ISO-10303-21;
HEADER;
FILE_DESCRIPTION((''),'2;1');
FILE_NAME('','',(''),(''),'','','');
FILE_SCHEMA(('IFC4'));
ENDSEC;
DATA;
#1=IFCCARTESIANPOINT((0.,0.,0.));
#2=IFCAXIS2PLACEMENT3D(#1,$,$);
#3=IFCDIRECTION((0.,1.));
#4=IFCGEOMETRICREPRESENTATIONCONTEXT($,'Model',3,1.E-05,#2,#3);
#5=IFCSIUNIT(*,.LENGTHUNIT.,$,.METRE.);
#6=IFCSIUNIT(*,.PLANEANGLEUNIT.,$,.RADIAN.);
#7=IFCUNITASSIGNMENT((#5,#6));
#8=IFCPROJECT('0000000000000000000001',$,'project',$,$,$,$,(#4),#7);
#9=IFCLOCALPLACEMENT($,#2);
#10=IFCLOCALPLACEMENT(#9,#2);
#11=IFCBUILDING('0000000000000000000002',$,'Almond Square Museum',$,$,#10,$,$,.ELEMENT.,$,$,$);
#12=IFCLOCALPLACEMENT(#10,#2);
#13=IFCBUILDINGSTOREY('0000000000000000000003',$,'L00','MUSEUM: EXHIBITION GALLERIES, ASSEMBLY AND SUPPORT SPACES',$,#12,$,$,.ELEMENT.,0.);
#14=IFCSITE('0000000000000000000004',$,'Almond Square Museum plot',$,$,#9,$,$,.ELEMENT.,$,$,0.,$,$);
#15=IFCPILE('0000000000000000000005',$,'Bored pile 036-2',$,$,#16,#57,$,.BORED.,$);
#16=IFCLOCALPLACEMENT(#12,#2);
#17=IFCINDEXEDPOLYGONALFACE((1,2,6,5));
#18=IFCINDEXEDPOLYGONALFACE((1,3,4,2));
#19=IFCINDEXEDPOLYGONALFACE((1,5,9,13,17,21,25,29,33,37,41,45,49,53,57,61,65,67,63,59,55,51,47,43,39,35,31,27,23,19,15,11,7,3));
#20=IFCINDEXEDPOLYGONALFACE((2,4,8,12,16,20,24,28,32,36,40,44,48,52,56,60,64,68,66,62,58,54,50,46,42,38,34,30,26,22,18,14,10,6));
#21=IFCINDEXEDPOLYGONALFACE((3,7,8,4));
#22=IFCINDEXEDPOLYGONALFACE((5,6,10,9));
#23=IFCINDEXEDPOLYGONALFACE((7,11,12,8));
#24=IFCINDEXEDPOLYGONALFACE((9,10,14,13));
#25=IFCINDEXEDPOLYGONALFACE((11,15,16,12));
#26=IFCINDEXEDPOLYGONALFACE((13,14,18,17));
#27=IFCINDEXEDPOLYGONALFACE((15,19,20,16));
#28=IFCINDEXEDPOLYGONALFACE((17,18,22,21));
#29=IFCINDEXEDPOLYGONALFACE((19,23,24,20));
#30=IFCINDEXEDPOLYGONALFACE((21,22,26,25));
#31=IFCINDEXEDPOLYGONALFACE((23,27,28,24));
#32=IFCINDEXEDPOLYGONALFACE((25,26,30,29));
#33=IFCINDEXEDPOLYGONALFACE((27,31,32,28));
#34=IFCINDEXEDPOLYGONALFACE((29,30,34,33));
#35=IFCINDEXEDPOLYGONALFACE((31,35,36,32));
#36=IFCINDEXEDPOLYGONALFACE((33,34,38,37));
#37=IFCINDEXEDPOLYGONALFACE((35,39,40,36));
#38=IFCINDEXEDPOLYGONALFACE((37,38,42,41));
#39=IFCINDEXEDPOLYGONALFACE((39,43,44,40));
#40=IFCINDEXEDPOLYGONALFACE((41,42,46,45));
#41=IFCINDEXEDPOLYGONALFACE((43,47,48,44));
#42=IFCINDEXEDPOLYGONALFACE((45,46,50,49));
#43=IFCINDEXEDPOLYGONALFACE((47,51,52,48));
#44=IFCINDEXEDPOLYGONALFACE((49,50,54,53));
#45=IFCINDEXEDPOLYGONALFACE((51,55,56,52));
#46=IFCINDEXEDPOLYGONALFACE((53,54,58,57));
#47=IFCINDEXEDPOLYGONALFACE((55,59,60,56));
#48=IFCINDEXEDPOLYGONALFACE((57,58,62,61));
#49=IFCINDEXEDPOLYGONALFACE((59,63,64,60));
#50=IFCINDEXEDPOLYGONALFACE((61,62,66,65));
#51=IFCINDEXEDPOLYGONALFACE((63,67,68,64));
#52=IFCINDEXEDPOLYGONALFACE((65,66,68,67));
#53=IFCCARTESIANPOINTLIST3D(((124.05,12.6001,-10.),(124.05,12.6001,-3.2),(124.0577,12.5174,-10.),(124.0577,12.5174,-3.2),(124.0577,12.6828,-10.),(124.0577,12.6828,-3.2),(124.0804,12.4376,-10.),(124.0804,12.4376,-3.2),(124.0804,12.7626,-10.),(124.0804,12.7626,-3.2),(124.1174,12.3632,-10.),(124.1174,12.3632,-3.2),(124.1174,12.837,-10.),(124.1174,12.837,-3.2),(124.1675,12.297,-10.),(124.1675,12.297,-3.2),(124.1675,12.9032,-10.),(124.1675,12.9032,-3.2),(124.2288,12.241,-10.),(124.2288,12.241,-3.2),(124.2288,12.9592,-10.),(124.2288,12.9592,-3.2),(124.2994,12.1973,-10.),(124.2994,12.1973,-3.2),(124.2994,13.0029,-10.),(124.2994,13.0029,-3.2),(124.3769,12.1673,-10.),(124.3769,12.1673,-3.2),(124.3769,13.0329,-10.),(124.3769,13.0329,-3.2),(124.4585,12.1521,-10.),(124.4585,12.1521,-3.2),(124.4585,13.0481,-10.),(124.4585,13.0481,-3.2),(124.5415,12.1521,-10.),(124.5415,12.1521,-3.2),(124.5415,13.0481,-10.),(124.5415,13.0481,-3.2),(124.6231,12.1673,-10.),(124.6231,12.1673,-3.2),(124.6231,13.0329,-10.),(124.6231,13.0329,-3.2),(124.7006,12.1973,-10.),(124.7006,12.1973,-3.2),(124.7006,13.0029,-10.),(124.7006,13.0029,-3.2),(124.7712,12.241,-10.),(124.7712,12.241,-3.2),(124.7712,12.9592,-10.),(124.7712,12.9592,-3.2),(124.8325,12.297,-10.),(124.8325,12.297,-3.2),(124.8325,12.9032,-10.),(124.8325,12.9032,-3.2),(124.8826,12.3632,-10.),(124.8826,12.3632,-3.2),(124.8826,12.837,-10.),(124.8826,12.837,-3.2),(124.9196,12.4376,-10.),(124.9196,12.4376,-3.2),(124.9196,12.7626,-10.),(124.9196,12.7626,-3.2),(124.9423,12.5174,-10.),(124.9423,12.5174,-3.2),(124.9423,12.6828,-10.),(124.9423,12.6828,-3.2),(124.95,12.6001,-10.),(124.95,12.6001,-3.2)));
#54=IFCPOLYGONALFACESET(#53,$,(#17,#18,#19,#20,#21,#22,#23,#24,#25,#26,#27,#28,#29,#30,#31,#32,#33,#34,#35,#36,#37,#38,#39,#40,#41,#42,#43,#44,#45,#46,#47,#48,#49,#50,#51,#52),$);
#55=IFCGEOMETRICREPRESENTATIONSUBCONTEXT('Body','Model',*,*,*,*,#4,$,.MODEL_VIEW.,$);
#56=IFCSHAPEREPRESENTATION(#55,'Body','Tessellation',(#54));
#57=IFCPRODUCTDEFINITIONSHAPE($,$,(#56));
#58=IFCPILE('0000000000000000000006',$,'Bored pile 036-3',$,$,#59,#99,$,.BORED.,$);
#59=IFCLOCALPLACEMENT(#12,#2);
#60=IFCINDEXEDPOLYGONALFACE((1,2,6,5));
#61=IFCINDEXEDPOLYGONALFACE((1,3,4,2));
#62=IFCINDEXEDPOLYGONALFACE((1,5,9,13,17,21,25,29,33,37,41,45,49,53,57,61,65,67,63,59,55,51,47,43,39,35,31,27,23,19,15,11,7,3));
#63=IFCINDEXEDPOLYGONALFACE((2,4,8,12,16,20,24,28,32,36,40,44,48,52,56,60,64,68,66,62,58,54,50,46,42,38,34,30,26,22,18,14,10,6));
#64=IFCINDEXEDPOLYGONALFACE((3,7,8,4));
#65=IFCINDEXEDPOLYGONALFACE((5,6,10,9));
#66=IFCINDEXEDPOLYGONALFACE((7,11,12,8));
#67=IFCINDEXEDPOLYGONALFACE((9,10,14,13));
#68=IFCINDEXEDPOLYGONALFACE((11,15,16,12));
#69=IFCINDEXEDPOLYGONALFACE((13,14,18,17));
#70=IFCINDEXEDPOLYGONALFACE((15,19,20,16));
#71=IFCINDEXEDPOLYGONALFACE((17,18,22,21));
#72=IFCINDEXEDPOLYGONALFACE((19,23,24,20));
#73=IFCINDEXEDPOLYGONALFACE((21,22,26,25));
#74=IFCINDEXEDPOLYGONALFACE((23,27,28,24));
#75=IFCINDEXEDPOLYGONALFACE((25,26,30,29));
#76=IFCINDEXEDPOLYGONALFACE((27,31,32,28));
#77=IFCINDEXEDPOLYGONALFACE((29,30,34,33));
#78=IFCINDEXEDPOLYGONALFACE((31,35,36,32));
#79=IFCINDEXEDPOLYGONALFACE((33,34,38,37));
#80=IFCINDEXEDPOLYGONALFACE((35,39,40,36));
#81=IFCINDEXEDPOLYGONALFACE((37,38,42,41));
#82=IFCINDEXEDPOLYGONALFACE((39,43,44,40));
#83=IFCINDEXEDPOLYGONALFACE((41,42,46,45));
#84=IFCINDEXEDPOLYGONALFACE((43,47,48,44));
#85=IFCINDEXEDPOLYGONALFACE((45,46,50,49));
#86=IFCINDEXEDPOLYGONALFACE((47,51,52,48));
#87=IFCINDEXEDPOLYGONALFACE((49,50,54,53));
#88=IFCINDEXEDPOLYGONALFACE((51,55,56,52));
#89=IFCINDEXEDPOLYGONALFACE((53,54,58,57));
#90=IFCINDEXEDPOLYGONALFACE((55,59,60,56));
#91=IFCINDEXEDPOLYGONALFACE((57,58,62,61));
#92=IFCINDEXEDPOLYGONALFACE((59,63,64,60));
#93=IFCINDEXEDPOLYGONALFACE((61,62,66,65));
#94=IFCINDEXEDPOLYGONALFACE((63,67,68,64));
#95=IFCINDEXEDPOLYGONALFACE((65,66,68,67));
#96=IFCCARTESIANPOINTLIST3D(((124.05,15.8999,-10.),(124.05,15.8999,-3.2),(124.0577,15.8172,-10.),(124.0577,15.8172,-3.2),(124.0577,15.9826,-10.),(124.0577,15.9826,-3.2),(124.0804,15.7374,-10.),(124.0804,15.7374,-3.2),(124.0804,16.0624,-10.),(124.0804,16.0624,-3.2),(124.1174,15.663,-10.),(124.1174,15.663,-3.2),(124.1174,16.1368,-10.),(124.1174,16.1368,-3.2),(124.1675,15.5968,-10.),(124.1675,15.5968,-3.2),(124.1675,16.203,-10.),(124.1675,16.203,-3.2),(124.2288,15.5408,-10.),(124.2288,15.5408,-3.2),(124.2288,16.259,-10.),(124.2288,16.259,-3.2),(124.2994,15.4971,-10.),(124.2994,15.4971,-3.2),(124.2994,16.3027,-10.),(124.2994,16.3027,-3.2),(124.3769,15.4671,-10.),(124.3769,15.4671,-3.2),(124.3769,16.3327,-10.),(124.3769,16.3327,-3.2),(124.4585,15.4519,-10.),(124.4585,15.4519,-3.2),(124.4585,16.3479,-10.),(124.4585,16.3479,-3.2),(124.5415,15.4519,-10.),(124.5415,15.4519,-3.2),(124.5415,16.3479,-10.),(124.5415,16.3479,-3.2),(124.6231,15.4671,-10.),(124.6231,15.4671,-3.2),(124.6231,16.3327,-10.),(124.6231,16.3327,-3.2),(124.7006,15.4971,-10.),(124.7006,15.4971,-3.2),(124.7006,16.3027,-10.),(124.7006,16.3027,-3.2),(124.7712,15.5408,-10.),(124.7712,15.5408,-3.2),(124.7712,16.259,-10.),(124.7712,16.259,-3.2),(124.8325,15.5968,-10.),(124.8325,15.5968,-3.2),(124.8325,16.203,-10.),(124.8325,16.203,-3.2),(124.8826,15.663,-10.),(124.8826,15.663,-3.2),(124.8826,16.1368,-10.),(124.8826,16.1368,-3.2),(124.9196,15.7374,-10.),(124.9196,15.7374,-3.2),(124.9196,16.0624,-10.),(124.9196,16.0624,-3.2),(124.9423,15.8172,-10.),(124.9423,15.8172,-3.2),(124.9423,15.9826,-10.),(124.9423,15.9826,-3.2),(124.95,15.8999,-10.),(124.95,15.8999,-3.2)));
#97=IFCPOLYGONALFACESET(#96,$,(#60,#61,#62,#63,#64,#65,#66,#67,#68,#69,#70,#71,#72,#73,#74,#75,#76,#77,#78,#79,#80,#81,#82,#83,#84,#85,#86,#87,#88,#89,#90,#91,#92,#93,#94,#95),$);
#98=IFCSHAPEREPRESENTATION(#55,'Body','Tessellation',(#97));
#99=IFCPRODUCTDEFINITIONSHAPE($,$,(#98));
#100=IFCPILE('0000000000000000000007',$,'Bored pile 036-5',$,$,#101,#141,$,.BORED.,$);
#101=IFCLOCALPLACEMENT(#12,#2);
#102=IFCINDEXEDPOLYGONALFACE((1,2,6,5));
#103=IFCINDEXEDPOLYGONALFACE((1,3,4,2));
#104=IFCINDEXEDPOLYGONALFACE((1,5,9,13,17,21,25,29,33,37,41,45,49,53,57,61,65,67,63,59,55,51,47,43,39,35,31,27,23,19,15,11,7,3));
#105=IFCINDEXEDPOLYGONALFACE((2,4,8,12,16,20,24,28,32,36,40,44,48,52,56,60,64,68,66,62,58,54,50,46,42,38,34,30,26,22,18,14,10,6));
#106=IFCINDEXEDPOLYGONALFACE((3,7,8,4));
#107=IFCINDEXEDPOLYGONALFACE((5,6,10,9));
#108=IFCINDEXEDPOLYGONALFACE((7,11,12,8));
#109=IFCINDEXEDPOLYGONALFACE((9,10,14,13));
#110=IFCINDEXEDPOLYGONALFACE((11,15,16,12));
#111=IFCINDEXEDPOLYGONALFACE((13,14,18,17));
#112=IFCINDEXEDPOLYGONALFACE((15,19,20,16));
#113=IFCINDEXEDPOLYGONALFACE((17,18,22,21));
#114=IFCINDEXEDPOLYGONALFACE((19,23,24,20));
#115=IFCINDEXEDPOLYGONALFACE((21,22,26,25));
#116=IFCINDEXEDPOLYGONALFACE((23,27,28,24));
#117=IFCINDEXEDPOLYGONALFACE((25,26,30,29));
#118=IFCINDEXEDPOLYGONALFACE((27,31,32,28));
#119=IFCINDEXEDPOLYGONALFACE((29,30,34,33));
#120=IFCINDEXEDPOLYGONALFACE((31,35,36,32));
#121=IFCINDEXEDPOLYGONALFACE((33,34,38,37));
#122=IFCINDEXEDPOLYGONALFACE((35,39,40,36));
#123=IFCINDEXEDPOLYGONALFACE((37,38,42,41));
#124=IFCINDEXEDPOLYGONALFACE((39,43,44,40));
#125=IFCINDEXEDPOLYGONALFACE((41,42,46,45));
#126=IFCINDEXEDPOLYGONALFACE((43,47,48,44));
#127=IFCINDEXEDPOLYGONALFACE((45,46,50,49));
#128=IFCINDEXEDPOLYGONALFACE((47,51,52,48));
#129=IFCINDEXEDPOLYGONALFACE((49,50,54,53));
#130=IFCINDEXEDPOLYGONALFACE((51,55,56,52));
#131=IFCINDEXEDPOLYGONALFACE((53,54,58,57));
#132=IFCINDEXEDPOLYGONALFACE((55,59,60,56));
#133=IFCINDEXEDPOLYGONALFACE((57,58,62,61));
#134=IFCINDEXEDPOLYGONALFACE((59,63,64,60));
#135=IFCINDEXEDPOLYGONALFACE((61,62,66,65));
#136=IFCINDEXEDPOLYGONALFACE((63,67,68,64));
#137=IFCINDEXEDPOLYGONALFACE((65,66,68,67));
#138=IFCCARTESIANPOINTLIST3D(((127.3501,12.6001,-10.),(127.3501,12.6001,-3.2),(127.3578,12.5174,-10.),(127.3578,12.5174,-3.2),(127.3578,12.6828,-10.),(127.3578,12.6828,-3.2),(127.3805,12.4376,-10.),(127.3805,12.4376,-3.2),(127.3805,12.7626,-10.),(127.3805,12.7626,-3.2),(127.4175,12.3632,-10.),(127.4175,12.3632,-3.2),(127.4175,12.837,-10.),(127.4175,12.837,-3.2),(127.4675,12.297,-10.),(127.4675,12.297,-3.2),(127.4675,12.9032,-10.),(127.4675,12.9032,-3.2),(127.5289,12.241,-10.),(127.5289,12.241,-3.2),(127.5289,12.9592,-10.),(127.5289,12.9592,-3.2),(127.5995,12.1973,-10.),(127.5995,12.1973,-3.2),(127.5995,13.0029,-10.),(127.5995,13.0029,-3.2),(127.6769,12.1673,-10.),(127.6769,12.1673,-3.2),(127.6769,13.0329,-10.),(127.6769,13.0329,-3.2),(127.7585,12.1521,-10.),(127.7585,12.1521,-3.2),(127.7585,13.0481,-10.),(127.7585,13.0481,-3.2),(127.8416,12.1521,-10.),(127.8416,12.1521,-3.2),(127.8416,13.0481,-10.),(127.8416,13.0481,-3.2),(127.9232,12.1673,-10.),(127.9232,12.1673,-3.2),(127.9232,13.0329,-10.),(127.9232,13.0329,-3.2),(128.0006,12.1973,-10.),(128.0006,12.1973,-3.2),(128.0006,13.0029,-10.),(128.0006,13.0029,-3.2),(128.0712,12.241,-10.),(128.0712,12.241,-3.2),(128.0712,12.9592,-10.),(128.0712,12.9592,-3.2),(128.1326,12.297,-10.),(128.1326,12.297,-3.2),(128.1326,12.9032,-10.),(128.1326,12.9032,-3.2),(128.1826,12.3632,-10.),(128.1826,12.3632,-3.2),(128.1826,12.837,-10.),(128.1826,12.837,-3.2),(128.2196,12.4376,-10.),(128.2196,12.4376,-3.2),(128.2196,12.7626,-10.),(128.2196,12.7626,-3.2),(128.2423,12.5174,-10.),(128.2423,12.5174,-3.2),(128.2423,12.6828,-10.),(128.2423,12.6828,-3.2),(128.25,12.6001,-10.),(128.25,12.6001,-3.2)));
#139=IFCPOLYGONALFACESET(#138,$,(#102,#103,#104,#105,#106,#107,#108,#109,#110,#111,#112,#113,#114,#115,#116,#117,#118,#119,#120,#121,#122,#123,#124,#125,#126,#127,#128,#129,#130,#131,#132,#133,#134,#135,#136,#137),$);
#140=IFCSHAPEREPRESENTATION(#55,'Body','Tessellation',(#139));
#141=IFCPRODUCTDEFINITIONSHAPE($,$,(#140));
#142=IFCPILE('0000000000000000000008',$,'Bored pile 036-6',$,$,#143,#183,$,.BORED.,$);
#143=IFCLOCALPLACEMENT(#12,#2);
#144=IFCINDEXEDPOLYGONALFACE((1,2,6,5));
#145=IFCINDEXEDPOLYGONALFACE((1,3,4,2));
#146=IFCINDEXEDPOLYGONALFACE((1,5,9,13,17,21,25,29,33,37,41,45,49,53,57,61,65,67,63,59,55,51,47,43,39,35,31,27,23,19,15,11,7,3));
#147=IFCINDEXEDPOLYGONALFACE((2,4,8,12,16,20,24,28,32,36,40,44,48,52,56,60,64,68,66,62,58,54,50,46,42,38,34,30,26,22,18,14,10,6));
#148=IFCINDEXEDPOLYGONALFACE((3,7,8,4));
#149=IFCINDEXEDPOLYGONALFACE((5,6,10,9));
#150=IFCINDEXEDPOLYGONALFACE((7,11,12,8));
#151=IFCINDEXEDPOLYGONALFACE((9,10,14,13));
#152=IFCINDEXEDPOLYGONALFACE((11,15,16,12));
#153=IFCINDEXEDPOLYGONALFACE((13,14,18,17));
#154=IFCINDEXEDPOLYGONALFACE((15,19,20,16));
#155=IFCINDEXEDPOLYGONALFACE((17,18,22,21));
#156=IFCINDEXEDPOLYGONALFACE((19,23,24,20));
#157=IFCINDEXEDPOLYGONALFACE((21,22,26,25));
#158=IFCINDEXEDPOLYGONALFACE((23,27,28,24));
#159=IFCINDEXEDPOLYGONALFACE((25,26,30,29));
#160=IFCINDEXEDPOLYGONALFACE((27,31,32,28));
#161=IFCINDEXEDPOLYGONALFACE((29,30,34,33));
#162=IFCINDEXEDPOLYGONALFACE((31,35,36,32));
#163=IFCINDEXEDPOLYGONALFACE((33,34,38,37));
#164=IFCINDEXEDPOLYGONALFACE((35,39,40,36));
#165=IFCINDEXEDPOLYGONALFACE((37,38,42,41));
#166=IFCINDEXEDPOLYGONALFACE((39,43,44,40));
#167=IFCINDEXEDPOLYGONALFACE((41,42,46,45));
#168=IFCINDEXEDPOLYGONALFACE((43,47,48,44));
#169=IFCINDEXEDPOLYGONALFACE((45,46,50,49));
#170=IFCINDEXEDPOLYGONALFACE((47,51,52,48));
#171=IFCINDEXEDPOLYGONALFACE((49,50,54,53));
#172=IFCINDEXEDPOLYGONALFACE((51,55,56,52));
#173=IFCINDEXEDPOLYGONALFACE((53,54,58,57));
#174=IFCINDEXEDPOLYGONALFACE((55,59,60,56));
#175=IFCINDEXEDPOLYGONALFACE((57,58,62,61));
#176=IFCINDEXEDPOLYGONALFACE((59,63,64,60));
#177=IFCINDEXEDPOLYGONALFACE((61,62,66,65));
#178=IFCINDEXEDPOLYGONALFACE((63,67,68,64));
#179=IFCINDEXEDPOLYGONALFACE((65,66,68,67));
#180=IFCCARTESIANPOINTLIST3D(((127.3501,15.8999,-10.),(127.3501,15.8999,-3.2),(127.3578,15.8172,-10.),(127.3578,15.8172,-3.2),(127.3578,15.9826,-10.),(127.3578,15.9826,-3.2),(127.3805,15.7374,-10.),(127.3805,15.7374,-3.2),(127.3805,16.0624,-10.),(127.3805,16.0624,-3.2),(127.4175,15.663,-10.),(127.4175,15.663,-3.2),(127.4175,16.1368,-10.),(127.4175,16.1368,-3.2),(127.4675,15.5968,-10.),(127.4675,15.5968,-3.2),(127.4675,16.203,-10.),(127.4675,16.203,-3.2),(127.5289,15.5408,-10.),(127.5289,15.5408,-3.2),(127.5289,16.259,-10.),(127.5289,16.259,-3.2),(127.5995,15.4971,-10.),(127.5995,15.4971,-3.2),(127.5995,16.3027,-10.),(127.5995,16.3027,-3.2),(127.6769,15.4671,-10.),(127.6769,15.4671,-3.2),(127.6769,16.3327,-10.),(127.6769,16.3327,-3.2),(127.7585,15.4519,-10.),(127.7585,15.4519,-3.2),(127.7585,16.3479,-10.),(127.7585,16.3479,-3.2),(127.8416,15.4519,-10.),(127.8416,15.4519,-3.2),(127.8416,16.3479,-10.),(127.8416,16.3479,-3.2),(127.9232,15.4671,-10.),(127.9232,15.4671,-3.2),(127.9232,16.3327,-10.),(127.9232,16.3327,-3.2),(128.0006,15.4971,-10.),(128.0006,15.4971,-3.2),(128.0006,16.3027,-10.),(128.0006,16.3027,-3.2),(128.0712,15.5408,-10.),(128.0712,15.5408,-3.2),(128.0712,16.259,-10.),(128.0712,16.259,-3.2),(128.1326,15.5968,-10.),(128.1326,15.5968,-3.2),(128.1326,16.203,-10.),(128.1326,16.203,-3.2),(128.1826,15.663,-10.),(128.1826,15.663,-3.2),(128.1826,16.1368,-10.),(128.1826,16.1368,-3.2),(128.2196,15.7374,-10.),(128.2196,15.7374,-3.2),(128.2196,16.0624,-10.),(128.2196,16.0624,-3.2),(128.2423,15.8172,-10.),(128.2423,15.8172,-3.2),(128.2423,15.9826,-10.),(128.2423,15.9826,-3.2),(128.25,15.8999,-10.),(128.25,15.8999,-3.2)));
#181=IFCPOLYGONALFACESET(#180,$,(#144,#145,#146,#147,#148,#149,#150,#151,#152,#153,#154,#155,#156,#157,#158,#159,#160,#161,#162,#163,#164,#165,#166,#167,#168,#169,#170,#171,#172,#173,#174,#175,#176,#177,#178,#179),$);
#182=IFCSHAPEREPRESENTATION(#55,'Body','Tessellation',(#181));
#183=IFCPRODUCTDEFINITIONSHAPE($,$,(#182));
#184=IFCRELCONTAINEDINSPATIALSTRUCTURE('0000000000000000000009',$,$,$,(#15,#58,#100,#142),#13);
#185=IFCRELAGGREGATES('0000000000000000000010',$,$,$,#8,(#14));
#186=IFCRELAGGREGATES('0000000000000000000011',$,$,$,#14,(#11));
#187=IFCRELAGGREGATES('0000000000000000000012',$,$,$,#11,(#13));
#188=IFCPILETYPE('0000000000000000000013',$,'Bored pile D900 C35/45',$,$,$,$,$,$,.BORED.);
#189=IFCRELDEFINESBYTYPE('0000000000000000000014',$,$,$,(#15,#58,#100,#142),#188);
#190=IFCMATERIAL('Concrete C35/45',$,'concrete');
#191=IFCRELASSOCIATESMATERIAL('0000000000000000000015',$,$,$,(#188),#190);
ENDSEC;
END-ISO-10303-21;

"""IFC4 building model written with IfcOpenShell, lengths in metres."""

from ifc_helpers import new_model, si_unit, direction, frame, origin, origin_2d, place, context, subcontext, project, spatial, circle, extrude, material, material_profile, profile_set, type_object, element, save


model = new_model("IFC4")

# Units and contexts
model_context = context("Model", 3, precision=1e-05, world=origin(), true_north=direction((0.0, 1.0)))
body_context = subcontext(model_context, "Body", "Model", "MODEL_VIEW")
ifc_project = project(units=[si_unit("LENGTHUNIT", "METRE"), si_unit("PLANEANGLEUNIT", "RADIAN")], contexts=[model_context])

# Site, building, storey
site_placement = place(None, origin())
site = spatial("IfcSite", under=ifc_project, at=site_placement, Name="Almond Square Museum plot", CompositionType="ELEMENT", RefElevation=0.0)
building_placement = place(site_placement, origin())
building = spatial("IfcBuilding", under=site, at=building_placement, Name="Almond Square Museum", CompositionType="ELEMENT")
storey_placement = place(building_placement, origin())
storey = spatial("IfcBuildingStorey", under=building, at=storey_placement, Name="L00", Description="MUSEUM: EXHIBITION GALLERIES, ASSEMBLY AND SUPPORT SPACES", CompositionType="ELEMENT", Elevation=0.0)

# Piles
ifc_material_1 = material(Name="Concrete C35/45", Category="concrete")
ifc_material_profile_1 = material_profile(ifc_material_1, circle(Radius=0.45, at=origin_2d()))
ifc_profile_set_1 = profile_set([ifc_material_profile_1], Name="Concrete C35/45")
pile_type = type_object("IfcPileType", Name="Bored pile D900 C35/45", PredefinedType="BORED", material=ifc_profile_set_1)
for number, where, z_axis, x_axis, name in (
    (1, (124.5, 12.6001, -3.2), (0.0, 0.0, -1.0), (1.0, 0.0, 0.0), "Bored pile 036-2"),
    (2, (124.5, 15.8999, -3.2), (0.0, 0.0, -1.0), (1.0, 0.0, 0.0), "Bored pile 036-3"),
    (3, (127.8, 12.6001, -3.2), (0.0, 0.0, -1.0), (1.0, 0.0, 0.0), "Bored pile 036-5"),
    (4, (127.8, 15.8999, -3.2), (0.0, 0.0, -1.0), (1.0, 0.0, 0.0), "Bored pile 036-6"),
):
    element("IfcPile", number, at=place(storey_placement, frame(where, z_axis=z_axis, x_axis=x_axis)), inside=storey, type_object=pile_type, Name=name, PredefinedType="BORED", context=body_context, shape_type="SweptSolid", body=[
        extrude(circle(Radius=0.45, at=origin_2d()), origin(), (0.0, 0.0, 1.0), 6.8),
    ])

save(model, "model.ifc")
